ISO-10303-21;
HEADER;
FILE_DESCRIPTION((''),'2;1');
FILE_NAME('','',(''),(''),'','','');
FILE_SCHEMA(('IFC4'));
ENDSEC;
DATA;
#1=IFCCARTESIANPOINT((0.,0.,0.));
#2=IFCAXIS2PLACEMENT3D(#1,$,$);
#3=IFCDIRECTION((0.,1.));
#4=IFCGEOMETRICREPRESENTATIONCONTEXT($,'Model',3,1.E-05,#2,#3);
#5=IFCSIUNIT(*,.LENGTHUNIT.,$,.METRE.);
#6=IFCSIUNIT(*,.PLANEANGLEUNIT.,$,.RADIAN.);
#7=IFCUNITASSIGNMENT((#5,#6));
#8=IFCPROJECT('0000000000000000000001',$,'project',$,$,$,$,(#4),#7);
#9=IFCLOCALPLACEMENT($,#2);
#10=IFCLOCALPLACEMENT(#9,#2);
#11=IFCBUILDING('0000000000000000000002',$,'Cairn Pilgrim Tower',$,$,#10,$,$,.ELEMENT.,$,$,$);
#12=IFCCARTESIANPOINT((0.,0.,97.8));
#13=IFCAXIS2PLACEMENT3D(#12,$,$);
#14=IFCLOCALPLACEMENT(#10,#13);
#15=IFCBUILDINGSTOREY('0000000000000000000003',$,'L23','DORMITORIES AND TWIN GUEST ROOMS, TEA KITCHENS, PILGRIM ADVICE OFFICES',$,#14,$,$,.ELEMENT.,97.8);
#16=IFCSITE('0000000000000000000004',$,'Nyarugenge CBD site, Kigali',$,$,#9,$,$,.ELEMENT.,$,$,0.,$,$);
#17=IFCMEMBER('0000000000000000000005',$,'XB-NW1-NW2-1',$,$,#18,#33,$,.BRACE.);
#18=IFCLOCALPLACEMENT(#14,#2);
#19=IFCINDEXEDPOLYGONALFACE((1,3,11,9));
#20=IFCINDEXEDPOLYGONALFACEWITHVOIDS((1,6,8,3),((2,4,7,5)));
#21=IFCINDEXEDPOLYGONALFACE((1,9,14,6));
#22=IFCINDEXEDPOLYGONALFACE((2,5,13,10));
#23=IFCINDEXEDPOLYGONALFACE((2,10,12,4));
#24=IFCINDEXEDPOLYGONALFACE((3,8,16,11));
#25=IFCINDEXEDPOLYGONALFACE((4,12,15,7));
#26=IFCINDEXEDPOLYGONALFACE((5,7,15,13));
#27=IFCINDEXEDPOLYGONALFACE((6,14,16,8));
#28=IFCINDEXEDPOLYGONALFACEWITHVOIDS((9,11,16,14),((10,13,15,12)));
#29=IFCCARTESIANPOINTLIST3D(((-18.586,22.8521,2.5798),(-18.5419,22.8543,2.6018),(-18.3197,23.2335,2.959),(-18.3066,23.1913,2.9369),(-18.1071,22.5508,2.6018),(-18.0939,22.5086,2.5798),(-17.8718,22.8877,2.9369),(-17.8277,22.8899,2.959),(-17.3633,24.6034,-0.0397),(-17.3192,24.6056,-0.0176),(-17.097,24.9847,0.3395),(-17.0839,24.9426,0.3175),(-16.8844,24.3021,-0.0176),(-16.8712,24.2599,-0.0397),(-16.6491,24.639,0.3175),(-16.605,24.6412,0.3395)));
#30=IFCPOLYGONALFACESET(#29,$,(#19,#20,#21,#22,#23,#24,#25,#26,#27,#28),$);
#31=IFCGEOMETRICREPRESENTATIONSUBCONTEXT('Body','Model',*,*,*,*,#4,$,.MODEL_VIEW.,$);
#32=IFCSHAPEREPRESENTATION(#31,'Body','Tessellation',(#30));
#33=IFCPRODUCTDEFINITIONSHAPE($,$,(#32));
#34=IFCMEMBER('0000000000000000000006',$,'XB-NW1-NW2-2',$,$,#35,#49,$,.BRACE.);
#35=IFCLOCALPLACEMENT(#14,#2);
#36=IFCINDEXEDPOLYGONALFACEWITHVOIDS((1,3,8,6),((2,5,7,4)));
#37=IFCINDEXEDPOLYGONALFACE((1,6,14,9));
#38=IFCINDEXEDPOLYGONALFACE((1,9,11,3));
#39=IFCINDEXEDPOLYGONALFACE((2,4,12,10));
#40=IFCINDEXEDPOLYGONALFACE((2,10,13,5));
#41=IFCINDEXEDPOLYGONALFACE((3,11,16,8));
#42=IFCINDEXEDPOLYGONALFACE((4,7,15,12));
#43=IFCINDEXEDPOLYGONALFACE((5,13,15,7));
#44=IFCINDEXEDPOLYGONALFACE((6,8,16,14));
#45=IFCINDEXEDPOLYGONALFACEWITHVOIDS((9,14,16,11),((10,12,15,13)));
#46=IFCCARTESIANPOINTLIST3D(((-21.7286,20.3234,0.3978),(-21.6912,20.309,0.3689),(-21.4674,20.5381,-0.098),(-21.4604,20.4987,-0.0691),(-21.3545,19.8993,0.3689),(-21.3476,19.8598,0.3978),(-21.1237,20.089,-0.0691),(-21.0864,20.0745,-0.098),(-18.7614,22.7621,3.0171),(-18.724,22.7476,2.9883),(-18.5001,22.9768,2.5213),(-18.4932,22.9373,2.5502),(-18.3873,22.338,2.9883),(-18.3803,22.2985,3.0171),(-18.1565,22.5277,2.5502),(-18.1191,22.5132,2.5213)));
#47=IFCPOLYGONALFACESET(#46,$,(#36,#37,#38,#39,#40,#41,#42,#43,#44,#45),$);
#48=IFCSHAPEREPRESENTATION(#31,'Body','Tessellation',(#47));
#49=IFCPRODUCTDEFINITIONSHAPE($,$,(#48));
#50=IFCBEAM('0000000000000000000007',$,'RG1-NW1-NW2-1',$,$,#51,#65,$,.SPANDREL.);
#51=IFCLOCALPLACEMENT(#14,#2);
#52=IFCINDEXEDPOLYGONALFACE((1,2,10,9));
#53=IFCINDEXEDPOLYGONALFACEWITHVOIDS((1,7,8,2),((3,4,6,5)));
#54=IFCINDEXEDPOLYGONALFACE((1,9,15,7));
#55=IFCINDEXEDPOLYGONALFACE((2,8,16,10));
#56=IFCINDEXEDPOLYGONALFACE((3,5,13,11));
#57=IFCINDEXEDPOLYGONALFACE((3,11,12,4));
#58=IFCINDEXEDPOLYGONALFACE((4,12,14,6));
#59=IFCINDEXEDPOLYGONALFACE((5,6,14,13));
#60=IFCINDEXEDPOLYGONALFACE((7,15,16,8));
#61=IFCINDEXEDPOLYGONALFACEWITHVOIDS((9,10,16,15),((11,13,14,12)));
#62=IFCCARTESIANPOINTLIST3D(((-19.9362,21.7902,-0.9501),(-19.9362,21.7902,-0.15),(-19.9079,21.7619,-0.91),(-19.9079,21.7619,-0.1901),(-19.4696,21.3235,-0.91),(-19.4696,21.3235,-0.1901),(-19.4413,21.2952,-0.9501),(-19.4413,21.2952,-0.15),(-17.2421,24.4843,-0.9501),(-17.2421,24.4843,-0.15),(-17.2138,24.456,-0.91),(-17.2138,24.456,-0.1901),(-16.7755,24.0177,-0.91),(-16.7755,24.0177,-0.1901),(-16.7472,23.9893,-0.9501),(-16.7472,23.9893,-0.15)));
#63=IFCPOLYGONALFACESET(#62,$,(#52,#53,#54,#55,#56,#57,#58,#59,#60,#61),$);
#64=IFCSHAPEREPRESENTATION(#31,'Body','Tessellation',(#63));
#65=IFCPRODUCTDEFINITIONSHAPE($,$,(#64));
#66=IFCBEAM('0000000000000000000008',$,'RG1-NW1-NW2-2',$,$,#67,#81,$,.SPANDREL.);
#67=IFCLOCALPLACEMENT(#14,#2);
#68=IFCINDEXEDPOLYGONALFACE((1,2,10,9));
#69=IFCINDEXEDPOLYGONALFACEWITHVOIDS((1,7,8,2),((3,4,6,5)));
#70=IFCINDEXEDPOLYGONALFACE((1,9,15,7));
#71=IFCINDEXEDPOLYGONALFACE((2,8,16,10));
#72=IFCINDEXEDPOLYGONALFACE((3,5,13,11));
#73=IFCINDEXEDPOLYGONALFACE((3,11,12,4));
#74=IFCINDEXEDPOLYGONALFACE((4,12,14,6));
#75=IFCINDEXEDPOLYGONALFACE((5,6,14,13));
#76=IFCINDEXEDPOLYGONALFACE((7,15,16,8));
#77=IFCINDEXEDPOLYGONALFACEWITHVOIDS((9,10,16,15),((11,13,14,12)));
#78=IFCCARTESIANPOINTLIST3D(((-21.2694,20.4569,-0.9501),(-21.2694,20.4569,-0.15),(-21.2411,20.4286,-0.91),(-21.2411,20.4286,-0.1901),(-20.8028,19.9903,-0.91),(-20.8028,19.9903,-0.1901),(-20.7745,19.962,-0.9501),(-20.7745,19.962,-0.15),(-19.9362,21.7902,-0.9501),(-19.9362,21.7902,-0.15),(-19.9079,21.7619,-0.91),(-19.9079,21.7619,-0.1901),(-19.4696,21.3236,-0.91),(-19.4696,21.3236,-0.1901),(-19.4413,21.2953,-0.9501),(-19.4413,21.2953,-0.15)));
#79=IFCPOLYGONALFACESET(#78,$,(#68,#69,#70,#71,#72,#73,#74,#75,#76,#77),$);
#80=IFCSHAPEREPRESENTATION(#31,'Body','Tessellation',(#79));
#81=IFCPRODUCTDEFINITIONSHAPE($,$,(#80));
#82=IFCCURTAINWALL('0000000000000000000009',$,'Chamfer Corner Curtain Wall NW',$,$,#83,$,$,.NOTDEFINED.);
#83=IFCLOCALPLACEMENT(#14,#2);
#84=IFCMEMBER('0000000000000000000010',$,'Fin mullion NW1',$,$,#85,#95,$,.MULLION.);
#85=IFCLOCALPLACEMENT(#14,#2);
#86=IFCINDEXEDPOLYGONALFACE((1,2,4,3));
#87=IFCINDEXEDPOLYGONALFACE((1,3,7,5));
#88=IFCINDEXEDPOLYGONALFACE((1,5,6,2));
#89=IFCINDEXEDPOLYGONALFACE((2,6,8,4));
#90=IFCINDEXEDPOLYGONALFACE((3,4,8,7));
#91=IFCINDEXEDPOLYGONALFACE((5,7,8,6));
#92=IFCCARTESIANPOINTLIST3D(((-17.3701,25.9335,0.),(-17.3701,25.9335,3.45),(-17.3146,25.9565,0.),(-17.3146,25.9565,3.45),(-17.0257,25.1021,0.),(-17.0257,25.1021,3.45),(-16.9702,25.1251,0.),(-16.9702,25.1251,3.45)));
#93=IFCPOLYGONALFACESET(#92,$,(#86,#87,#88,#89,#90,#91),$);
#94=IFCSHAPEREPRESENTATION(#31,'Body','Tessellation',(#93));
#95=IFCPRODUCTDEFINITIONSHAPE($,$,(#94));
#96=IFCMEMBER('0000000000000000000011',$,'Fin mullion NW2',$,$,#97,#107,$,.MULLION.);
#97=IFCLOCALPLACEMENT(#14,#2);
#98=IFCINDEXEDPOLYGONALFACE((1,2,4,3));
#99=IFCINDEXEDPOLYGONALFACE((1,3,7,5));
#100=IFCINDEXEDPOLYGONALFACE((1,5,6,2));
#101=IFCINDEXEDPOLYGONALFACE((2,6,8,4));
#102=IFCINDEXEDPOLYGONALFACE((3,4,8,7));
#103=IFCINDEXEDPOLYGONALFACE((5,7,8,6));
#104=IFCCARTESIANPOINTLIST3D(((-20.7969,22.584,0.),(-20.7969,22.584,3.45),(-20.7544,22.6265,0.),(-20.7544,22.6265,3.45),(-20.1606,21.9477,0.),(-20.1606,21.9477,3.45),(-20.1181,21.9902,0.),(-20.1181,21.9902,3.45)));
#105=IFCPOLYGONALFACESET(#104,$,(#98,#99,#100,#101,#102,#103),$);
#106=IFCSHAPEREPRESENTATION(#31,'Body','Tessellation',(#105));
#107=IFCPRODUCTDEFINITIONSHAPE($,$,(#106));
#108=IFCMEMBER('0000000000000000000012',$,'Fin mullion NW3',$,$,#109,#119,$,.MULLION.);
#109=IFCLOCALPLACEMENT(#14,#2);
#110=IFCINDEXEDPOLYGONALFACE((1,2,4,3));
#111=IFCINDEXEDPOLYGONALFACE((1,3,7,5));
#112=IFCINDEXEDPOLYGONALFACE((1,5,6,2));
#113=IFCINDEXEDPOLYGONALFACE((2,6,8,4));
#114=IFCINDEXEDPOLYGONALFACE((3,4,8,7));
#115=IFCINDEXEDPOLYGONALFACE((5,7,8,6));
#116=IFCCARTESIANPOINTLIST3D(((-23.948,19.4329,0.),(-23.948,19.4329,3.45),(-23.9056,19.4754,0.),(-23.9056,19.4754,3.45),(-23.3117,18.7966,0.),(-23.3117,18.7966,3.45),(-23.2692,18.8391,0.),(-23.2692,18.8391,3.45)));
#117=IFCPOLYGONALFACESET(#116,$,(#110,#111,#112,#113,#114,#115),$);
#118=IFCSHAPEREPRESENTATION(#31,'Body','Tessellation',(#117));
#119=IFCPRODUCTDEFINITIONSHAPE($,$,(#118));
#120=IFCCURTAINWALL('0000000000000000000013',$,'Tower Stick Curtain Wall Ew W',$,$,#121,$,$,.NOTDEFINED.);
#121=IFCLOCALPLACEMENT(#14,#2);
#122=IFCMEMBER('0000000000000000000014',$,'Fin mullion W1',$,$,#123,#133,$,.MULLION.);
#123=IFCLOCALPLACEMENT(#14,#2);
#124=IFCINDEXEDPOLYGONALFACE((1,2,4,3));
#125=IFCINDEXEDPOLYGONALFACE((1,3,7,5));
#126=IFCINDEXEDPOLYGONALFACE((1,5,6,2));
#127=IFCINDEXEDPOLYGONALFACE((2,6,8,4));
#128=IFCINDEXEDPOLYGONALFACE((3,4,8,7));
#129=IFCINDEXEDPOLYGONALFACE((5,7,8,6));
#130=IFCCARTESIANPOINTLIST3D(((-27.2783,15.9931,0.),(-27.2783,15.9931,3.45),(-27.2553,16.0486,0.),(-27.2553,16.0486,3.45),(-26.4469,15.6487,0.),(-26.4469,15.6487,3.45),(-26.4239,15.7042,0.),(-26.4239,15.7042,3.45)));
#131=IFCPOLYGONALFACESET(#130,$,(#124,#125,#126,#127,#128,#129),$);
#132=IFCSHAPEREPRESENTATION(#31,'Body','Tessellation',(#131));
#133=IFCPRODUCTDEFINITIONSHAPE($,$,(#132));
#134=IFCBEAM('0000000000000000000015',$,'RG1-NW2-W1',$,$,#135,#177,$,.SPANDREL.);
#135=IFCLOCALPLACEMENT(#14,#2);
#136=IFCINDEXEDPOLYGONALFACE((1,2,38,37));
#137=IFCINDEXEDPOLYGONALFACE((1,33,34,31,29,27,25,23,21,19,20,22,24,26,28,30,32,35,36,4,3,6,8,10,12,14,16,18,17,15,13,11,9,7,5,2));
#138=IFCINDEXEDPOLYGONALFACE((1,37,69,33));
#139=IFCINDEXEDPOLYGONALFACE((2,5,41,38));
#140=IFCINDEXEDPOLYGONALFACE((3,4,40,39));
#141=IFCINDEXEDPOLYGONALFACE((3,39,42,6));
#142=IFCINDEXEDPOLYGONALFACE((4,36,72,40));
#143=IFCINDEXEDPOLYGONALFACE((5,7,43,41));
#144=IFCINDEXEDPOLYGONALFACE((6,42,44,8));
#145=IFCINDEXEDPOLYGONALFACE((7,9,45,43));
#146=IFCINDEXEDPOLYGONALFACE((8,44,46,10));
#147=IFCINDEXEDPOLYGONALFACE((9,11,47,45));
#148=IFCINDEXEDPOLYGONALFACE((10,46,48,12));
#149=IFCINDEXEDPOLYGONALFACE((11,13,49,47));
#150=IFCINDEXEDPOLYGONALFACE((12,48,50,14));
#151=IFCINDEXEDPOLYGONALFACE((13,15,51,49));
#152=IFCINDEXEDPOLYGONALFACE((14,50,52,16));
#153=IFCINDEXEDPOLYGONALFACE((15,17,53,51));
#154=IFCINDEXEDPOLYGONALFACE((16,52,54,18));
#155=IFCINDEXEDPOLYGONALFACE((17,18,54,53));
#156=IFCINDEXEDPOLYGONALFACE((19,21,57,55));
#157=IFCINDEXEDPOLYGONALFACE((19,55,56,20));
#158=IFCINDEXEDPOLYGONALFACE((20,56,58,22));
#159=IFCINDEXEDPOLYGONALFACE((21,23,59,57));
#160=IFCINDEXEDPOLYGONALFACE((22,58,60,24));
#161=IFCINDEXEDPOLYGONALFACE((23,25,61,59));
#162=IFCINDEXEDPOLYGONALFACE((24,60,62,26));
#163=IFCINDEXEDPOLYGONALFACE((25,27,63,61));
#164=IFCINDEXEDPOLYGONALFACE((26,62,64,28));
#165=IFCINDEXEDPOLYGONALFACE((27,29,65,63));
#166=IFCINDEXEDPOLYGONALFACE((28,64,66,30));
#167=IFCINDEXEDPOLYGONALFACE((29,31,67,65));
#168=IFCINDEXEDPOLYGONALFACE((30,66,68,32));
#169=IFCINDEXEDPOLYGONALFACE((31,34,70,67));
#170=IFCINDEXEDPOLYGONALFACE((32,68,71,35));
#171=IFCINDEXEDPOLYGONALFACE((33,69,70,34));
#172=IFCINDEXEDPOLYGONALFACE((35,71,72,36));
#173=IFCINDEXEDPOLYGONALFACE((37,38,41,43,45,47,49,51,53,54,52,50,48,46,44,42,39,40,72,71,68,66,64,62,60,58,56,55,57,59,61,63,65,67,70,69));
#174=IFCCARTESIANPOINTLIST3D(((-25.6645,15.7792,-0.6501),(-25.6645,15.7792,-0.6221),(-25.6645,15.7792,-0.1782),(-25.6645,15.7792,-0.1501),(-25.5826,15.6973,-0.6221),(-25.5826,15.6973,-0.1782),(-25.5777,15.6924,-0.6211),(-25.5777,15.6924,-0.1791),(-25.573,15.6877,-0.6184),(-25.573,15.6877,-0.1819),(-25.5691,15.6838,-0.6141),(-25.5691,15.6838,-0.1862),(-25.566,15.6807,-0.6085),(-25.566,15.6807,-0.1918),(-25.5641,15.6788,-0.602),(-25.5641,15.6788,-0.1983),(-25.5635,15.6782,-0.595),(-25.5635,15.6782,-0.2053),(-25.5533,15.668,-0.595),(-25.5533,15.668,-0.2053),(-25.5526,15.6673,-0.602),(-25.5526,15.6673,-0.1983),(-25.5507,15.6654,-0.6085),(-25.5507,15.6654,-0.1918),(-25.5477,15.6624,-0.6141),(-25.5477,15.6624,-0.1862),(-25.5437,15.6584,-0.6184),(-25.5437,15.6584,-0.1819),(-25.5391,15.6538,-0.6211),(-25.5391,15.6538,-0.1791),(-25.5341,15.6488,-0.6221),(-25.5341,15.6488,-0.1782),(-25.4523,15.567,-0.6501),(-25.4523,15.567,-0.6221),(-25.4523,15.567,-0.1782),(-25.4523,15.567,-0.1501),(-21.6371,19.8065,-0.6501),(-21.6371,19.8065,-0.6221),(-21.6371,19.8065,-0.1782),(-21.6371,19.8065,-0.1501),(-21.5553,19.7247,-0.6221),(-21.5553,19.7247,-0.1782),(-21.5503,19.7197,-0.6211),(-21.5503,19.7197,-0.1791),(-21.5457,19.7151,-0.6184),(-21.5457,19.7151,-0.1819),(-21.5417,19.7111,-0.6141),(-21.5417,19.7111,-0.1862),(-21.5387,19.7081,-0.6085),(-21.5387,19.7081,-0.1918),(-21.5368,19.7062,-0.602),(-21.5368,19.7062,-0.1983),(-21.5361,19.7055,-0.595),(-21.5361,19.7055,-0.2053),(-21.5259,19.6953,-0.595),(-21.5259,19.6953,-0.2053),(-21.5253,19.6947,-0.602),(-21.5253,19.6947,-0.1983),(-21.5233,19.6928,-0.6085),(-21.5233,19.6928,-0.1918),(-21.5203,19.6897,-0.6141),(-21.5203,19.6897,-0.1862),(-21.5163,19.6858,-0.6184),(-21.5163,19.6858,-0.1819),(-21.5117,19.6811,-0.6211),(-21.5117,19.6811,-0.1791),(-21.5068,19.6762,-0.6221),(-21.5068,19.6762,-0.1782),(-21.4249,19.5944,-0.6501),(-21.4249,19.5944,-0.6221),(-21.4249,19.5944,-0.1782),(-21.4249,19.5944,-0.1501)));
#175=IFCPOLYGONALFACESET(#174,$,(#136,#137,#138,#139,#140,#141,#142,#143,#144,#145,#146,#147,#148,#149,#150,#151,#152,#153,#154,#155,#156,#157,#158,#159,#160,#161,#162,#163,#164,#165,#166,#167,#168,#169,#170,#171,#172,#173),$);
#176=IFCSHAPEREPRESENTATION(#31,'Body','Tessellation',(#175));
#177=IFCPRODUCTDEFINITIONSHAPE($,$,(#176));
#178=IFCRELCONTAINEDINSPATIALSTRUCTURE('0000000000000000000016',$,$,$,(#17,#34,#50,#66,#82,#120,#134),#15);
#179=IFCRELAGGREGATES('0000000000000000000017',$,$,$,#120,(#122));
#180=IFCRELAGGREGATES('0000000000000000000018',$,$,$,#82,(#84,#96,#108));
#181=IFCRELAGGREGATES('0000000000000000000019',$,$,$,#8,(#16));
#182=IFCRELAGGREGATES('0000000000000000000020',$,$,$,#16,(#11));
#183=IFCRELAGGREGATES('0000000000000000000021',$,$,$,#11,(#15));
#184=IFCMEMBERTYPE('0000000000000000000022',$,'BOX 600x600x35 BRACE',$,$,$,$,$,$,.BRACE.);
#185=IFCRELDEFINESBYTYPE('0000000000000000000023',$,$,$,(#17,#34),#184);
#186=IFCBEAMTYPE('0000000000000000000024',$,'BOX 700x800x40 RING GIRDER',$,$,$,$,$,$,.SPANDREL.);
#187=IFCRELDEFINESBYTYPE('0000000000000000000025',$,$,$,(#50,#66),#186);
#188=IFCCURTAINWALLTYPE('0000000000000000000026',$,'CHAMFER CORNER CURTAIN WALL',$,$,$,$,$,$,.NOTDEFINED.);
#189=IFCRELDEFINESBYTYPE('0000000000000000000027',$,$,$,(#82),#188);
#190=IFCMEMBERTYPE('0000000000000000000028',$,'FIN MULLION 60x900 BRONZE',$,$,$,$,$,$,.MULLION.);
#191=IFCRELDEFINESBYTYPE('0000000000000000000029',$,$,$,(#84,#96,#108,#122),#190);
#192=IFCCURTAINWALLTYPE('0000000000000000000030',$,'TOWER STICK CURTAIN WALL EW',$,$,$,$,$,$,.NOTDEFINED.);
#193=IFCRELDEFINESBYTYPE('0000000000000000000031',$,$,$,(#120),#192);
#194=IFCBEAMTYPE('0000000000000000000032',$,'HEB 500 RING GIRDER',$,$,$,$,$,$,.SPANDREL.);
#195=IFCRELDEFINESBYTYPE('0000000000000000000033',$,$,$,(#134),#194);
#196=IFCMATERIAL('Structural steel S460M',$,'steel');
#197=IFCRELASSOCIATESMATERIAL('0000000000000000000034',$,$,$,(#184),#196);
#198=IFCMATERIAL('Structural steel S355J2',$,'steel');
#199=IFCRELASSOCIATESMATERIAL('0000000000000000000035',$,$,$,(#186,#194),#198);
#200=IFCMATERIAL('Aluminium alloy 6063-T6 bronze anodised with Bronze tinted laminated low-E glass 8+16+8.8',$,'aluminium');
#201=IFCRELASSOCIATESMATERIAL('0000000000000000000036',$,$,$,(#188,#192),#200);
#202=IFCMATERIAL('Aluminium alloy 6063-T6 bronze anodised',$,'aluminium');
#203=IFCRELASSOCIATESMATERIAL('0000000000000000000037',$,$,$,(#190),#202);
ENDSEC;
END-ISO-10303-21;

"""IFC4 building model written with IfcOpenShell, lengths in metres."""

from ifc_helpers import new_model, si_unit, direction, frame, origin, origin_2d, place, context, subcontext, project, spatial, rectangle, hollow_rectangle, i_section, extrude, material, material_profile, profile_set, type_object, element, aggregate, save


model = new_model("IFC4")

# Units and contexts
model_context = context("Model", 3, precision=1e-05, world=origin(), true_north=direction((0.0, 1.0)))
body_context = subcontext(model_context, "Body", "Model", "MODEL_VIEW")
ifc_project = project(units=[si_unit("LENGTHUNIT", "METRE"), si_unit("PLANEANGLEUNIT", "RADIAN")], contexts=[model_context])

# Site, building, storey
site_placement = place(None, origin())
site = spatial("IfcSite", under=ifc_project, at=site_placement, Name="Nyarugenge CBD site, Kigali", CompositionType="ELEMENT", RefElevation=0.0)
building_placement = place(site_placement, origin())
building = spatial("IfcBuilding", under=site, at=building_placement, Name="Cairn Pilgrim Tower", CompositionType="ELEMENT")
storey_placement = place(building_placement, frame((0.0, 0.0, 97.8)))
storey = spatial("IfcBuildingStorey", under=building, at=storey_placement, Name="L23", Description="DORMITORIES AND TWIN GUEST ROOMS, TEA KITCHENS, PILGRIM ADVICE OFFICES", CompositionType="ELEMENT", Elevation=97.8)

# Shared definitions
ifc_material_1 = material(Name="Structural steel S460M", Category="steel")

# Members
ifc_material_profile_1 = material_profile(ifc_material_1, hollow_rectangle(XDim=0.6001, YDim=0.6001, WallThickness=0.0349, at=origin_2d()), Name="BOX 600x600x35")
ifc_profile_set_1 = profile_set([ifc_material_profile_1], Name="Structural steel S460M")
member_type_1 = type_object("IfcMemberType", Name="BOX 600x600x35 BRACE", PredefinedType="BRACE", material=ifc_profile_set_1)
member_1_placement = place(storey_placement, frame((-16.9841, 24.6223, 0.1499), z_axis=(-0.361757, -0.518148, 0.775019), x_axis=(0.819935, -0.572457, 0.0)))
element("IfcMember", 1, at=member_1_placement, inside=storey, type_object=member_type_1, Name="XB-NW1-NW2-1", PredefinedType="BRACE", context=body_context, shape_type="SweptSolid", body=[
    extrude(hollow_rectangle(XDim=0.6001, YDim=0.6001, WallThickness=0.0349, at=origin_2d()), origin(), (0.0, 0.0, 1.0), 3.3799),
])
member_2_placement = place(storey_placement, frame((-21.4075, 20.199, 0.1499), z_axis=(0.638261, 0.524567, 0.563428), x_axis=(-0.634943, 0.772559, 0.0)))
element("IfcMember", 2, at=member_2_placement, inside=storey, type_object=member_type_1, Name="XB-NW1-NW2-2", PredefinedType="BRACE", context=body_context, shape_type="SweptSolid", body=[
    extrude(hollow_rectangle(XDim=0.6001, YDim=0.6001, WallThickness=0.0349, at=origin_2d()), origin(), (0.0, 0.0, 1.0), 4.6489),
])

# Beams
ifc_material_2 = material(Name="Structural steel S355J2", Category="steel")
ifc_material_profile_2 = material_profile(ifc_material_2, hollow_rectangle(XDim=0.7, YDim=0.8, WallThickness=0.04, at=origin_2d()), Name="BOX 700x800x40")
ifc_profile_set_2 = profile_set([ifc_material_profile_2], Name="Structural steel S355J2")
beam_type_1 = type_object("IfcBeamType", Name="BOX 700x800x40 RING GIRDER", PredefinedType="SPANDREL", material=ifc_profile_set_2)
beam_1_placement = place(storey_placement, frame((-16.9946, 24.2368, -0.55), z_axis=(-0.707107, -0.707107, 0.0), x_axis=(0.707107, -0.707107, 0.0)))
element("IfcBeam", 3, at=beam_1_placement, inside=storey, type_object=beam_type_1, Name="RG1-NW1-NW2-1", PredefinedType="SPANDREL", context=body_context, shape_type="SweptSolid", body=[
    extrude(hollow_rectangle(XDim=0.7, YDim=0.8, WallThickness=0.04, at=origin_2d()), origin(), (0.0, 0.0, 1.0), 3.8101),
])
beam_2_placement = place(storey_placement, frame((-19.6887, 21.5427, -0.55), z_axis=(-0.707107, -0.707107, 0.0), x_axis=(0.707107, -0.707107, 0.0)))
element("IfcBeam", 4, at=beam_2_placement, inside=storey, type_object=beam_type_1, Name="RG1-NW1-NW2-2", PredefinedType="SPANDREL", context=body_context, shape_type="SweptSolid", body=[
    extrude(hollow_rectangle(XDim=0.7, YDim=0.8, WallThickness=0.04, at=origin_2d()), origin(), (0.0, 0.0, 1.0), 1.8855),
])

# Curtain wall, members
ifc_material_3 = material(Name="Aluminium alloy 6063-T6 bronze anodised with Bronze tinted laminated low-E glass 8+16+8.8", Category="aluminium")
curtain_wall_type_1 = type_object("IfcCurtainWallType", Name="CHAMFER CORNER CURTAIN WALL", PredefinedType="NOTDEFINED", material=ifc_material_3)
curtain_wall_1_placement = place(storey_placement, origin())
curtain_wall_1 = element("IfcCurtainWall", 5, at=curtain_wall_1_placement, inside=storey, type_object=curtain_wall_type_1, Name="Chamfer Corner Curtain Wall NW", PredefinedType="NOTDEFINED")
ifc_material_4 = material(Name="Aluminium alloy 6063-T6 bronze anodised", Category="aluminium")
ifc_material_profile_3 = material_profile(ifc_material_4, rectangle(XDim=0.8999, YDim=0.0601, at=origin_2d()), Name="FIN MULLION 60x900 BRONZE")
ifc_profile_set_3 = profile_set([ifc_material_profile_3], Name="Aluminium alloy 6063-T6 bronze anodised")
member_type_2 = type_object("IfcMemberType", Name="FIN MULLION 60x900 BRONZE", PredefinedType="MULLION", material=ifc_profile_set_3)
member_3_placement = place(storey_placement, frame((-17.1702, 25.5293, 0.0), z_axis=(0.0, 0.0, 1.0), x_axis=(-0.382683, 0.92388, 0.0)))
member_3 = element("IfcMember", 6, at=member_3_placement, type_object=member_type_2, Name="Fin mullion NW1", PredefinedType="MULLION", context=body_context, shape_type="SweptSolid", body=[
    extrude(rectangle(XDim=0.8999, YDim=0.0601, at=origin_2d()), origin(), (0.0, 0.0, 1.0), 3.45),
])
member_4_placement = place(storey_placement, frame((-20.4575, 22.2871, 0.0), z_axis=(0.0, 0.0, 1.0), x_axis=(-0.707107, 0.707107, 0.0)))
member_4 = element("IfcMember", 7, at=member_4_placement, type_object=member_type_2, Name="Fin mullion NW2", PredefinedType="MULLION", context=body_context, shape_type="SweptSolid", body=[
    extrude(rectangle(XDim=0.8999, YDim=0.0601, at=origin_2d()), origin(), (0.0, 0.0, 1.0), 3.45),
])
member_5_placement = place(storey_placement, frame((-23.6086, 19.136, 0.0), z_axis=(0.0, 0.0, 1.0), x_axis=(-0.707107, 0.707107, 0.0)))
member_5 = element("IfcMember", 8, at=member_5_placement, type_object=member_type_2, Name="Fin mullion NW3", PredefinedType="MULLION", context=body_context, shape_type="SweptSolid", body=[
    extrude(rectangle(XDim=0.8999, YDim=0.0601, at=origin_2d()), origin(), (0.0, 0.0, 1.0), 3.45),
])

# Curtain wall, member
curtain_wall_type_2 = type_object("IfcCurtainWallType", Name="TOWER STICK CURTAIN WALL EW", PredefinedType="NOTDEFINED", material=ifc_material_3)
curtain_wall_2_placement = place(storey_placement, origin())
curtain_wall_2 = element("IfcCurtainWall", 9, at=curtain_wall_2_placement, inside=storey, type_object=curtain_wall_type_2, Name="Tower Stick Curtain Wall Ew W", PredefinedType="NOTDEFINED")
member_6_placement = place(storey_placement, frame((-26.8511, 15.8486, 0.0), z_axis=(0.0, 0.0, 1.0), x_axis=(-0.92388, 0.382683, 0.0)))
member_6 = element("IfcMember", 10, at=member_6_placement, type_object=member_type_2, Name="Fin mullion W1", PredefinedType="MULLION", context=body_context, shape_type="SweptSolid", body=[
    extrude(rectangle(XDim=0.8999, YDim=0.0601, at=origin_2d()), origin(), (0.0, 0.0, 1.0), 3.45),
])

# Beam
ifc_material_profile_4 = material_profile(ifc_material_2, i_section(OverallWidth=0.3, OverallDepth=0.5, WebThickness=0.0144, FlangeThickness=0.0281, FilletRadius=0.0271, at=origin_2d()), Name="HEB 500")
ifc_profile_set_4 = profile_set([ifc_material_profile_4], Name="Structural steel S355J2")
beam_type_2 = type_object("IfcBeamType", Name="HEB 500 RING GIRDER", PredefinedType="SPANDREL", material=ifc_profile_set_4)
beam_3_placement = place(storey_placement, frame((-21.531, 19.7004, -0.4001), z_axis=(-0.707107, -0.707107, 0.0), x_axis=(0.707107, -0.707107, 0.0)))
element("IfcBeam", 11, at=beam_3_placement, inside=storey, type_object=beam_type_2, Name="RG1-NW2-W1", PredefinedType="SPANDREL", context=body_context, shape_type="SweptSolid", body=[
    extrude(i_section(OverallWidth=0.3, OverallDepth=0.5, WebThickness=0.0144, FlangeThickness=0.0281, FilletRadius=0.0271, at=origin_2d()), origin(), (0.0, 0.0, 1.0), 5.6956),
])

aggregate(curtain_wall_2, [member_6])

aggregate(curtain_wall_1, [member_3, member_4, member_5])

save(model, "model.ifc")
